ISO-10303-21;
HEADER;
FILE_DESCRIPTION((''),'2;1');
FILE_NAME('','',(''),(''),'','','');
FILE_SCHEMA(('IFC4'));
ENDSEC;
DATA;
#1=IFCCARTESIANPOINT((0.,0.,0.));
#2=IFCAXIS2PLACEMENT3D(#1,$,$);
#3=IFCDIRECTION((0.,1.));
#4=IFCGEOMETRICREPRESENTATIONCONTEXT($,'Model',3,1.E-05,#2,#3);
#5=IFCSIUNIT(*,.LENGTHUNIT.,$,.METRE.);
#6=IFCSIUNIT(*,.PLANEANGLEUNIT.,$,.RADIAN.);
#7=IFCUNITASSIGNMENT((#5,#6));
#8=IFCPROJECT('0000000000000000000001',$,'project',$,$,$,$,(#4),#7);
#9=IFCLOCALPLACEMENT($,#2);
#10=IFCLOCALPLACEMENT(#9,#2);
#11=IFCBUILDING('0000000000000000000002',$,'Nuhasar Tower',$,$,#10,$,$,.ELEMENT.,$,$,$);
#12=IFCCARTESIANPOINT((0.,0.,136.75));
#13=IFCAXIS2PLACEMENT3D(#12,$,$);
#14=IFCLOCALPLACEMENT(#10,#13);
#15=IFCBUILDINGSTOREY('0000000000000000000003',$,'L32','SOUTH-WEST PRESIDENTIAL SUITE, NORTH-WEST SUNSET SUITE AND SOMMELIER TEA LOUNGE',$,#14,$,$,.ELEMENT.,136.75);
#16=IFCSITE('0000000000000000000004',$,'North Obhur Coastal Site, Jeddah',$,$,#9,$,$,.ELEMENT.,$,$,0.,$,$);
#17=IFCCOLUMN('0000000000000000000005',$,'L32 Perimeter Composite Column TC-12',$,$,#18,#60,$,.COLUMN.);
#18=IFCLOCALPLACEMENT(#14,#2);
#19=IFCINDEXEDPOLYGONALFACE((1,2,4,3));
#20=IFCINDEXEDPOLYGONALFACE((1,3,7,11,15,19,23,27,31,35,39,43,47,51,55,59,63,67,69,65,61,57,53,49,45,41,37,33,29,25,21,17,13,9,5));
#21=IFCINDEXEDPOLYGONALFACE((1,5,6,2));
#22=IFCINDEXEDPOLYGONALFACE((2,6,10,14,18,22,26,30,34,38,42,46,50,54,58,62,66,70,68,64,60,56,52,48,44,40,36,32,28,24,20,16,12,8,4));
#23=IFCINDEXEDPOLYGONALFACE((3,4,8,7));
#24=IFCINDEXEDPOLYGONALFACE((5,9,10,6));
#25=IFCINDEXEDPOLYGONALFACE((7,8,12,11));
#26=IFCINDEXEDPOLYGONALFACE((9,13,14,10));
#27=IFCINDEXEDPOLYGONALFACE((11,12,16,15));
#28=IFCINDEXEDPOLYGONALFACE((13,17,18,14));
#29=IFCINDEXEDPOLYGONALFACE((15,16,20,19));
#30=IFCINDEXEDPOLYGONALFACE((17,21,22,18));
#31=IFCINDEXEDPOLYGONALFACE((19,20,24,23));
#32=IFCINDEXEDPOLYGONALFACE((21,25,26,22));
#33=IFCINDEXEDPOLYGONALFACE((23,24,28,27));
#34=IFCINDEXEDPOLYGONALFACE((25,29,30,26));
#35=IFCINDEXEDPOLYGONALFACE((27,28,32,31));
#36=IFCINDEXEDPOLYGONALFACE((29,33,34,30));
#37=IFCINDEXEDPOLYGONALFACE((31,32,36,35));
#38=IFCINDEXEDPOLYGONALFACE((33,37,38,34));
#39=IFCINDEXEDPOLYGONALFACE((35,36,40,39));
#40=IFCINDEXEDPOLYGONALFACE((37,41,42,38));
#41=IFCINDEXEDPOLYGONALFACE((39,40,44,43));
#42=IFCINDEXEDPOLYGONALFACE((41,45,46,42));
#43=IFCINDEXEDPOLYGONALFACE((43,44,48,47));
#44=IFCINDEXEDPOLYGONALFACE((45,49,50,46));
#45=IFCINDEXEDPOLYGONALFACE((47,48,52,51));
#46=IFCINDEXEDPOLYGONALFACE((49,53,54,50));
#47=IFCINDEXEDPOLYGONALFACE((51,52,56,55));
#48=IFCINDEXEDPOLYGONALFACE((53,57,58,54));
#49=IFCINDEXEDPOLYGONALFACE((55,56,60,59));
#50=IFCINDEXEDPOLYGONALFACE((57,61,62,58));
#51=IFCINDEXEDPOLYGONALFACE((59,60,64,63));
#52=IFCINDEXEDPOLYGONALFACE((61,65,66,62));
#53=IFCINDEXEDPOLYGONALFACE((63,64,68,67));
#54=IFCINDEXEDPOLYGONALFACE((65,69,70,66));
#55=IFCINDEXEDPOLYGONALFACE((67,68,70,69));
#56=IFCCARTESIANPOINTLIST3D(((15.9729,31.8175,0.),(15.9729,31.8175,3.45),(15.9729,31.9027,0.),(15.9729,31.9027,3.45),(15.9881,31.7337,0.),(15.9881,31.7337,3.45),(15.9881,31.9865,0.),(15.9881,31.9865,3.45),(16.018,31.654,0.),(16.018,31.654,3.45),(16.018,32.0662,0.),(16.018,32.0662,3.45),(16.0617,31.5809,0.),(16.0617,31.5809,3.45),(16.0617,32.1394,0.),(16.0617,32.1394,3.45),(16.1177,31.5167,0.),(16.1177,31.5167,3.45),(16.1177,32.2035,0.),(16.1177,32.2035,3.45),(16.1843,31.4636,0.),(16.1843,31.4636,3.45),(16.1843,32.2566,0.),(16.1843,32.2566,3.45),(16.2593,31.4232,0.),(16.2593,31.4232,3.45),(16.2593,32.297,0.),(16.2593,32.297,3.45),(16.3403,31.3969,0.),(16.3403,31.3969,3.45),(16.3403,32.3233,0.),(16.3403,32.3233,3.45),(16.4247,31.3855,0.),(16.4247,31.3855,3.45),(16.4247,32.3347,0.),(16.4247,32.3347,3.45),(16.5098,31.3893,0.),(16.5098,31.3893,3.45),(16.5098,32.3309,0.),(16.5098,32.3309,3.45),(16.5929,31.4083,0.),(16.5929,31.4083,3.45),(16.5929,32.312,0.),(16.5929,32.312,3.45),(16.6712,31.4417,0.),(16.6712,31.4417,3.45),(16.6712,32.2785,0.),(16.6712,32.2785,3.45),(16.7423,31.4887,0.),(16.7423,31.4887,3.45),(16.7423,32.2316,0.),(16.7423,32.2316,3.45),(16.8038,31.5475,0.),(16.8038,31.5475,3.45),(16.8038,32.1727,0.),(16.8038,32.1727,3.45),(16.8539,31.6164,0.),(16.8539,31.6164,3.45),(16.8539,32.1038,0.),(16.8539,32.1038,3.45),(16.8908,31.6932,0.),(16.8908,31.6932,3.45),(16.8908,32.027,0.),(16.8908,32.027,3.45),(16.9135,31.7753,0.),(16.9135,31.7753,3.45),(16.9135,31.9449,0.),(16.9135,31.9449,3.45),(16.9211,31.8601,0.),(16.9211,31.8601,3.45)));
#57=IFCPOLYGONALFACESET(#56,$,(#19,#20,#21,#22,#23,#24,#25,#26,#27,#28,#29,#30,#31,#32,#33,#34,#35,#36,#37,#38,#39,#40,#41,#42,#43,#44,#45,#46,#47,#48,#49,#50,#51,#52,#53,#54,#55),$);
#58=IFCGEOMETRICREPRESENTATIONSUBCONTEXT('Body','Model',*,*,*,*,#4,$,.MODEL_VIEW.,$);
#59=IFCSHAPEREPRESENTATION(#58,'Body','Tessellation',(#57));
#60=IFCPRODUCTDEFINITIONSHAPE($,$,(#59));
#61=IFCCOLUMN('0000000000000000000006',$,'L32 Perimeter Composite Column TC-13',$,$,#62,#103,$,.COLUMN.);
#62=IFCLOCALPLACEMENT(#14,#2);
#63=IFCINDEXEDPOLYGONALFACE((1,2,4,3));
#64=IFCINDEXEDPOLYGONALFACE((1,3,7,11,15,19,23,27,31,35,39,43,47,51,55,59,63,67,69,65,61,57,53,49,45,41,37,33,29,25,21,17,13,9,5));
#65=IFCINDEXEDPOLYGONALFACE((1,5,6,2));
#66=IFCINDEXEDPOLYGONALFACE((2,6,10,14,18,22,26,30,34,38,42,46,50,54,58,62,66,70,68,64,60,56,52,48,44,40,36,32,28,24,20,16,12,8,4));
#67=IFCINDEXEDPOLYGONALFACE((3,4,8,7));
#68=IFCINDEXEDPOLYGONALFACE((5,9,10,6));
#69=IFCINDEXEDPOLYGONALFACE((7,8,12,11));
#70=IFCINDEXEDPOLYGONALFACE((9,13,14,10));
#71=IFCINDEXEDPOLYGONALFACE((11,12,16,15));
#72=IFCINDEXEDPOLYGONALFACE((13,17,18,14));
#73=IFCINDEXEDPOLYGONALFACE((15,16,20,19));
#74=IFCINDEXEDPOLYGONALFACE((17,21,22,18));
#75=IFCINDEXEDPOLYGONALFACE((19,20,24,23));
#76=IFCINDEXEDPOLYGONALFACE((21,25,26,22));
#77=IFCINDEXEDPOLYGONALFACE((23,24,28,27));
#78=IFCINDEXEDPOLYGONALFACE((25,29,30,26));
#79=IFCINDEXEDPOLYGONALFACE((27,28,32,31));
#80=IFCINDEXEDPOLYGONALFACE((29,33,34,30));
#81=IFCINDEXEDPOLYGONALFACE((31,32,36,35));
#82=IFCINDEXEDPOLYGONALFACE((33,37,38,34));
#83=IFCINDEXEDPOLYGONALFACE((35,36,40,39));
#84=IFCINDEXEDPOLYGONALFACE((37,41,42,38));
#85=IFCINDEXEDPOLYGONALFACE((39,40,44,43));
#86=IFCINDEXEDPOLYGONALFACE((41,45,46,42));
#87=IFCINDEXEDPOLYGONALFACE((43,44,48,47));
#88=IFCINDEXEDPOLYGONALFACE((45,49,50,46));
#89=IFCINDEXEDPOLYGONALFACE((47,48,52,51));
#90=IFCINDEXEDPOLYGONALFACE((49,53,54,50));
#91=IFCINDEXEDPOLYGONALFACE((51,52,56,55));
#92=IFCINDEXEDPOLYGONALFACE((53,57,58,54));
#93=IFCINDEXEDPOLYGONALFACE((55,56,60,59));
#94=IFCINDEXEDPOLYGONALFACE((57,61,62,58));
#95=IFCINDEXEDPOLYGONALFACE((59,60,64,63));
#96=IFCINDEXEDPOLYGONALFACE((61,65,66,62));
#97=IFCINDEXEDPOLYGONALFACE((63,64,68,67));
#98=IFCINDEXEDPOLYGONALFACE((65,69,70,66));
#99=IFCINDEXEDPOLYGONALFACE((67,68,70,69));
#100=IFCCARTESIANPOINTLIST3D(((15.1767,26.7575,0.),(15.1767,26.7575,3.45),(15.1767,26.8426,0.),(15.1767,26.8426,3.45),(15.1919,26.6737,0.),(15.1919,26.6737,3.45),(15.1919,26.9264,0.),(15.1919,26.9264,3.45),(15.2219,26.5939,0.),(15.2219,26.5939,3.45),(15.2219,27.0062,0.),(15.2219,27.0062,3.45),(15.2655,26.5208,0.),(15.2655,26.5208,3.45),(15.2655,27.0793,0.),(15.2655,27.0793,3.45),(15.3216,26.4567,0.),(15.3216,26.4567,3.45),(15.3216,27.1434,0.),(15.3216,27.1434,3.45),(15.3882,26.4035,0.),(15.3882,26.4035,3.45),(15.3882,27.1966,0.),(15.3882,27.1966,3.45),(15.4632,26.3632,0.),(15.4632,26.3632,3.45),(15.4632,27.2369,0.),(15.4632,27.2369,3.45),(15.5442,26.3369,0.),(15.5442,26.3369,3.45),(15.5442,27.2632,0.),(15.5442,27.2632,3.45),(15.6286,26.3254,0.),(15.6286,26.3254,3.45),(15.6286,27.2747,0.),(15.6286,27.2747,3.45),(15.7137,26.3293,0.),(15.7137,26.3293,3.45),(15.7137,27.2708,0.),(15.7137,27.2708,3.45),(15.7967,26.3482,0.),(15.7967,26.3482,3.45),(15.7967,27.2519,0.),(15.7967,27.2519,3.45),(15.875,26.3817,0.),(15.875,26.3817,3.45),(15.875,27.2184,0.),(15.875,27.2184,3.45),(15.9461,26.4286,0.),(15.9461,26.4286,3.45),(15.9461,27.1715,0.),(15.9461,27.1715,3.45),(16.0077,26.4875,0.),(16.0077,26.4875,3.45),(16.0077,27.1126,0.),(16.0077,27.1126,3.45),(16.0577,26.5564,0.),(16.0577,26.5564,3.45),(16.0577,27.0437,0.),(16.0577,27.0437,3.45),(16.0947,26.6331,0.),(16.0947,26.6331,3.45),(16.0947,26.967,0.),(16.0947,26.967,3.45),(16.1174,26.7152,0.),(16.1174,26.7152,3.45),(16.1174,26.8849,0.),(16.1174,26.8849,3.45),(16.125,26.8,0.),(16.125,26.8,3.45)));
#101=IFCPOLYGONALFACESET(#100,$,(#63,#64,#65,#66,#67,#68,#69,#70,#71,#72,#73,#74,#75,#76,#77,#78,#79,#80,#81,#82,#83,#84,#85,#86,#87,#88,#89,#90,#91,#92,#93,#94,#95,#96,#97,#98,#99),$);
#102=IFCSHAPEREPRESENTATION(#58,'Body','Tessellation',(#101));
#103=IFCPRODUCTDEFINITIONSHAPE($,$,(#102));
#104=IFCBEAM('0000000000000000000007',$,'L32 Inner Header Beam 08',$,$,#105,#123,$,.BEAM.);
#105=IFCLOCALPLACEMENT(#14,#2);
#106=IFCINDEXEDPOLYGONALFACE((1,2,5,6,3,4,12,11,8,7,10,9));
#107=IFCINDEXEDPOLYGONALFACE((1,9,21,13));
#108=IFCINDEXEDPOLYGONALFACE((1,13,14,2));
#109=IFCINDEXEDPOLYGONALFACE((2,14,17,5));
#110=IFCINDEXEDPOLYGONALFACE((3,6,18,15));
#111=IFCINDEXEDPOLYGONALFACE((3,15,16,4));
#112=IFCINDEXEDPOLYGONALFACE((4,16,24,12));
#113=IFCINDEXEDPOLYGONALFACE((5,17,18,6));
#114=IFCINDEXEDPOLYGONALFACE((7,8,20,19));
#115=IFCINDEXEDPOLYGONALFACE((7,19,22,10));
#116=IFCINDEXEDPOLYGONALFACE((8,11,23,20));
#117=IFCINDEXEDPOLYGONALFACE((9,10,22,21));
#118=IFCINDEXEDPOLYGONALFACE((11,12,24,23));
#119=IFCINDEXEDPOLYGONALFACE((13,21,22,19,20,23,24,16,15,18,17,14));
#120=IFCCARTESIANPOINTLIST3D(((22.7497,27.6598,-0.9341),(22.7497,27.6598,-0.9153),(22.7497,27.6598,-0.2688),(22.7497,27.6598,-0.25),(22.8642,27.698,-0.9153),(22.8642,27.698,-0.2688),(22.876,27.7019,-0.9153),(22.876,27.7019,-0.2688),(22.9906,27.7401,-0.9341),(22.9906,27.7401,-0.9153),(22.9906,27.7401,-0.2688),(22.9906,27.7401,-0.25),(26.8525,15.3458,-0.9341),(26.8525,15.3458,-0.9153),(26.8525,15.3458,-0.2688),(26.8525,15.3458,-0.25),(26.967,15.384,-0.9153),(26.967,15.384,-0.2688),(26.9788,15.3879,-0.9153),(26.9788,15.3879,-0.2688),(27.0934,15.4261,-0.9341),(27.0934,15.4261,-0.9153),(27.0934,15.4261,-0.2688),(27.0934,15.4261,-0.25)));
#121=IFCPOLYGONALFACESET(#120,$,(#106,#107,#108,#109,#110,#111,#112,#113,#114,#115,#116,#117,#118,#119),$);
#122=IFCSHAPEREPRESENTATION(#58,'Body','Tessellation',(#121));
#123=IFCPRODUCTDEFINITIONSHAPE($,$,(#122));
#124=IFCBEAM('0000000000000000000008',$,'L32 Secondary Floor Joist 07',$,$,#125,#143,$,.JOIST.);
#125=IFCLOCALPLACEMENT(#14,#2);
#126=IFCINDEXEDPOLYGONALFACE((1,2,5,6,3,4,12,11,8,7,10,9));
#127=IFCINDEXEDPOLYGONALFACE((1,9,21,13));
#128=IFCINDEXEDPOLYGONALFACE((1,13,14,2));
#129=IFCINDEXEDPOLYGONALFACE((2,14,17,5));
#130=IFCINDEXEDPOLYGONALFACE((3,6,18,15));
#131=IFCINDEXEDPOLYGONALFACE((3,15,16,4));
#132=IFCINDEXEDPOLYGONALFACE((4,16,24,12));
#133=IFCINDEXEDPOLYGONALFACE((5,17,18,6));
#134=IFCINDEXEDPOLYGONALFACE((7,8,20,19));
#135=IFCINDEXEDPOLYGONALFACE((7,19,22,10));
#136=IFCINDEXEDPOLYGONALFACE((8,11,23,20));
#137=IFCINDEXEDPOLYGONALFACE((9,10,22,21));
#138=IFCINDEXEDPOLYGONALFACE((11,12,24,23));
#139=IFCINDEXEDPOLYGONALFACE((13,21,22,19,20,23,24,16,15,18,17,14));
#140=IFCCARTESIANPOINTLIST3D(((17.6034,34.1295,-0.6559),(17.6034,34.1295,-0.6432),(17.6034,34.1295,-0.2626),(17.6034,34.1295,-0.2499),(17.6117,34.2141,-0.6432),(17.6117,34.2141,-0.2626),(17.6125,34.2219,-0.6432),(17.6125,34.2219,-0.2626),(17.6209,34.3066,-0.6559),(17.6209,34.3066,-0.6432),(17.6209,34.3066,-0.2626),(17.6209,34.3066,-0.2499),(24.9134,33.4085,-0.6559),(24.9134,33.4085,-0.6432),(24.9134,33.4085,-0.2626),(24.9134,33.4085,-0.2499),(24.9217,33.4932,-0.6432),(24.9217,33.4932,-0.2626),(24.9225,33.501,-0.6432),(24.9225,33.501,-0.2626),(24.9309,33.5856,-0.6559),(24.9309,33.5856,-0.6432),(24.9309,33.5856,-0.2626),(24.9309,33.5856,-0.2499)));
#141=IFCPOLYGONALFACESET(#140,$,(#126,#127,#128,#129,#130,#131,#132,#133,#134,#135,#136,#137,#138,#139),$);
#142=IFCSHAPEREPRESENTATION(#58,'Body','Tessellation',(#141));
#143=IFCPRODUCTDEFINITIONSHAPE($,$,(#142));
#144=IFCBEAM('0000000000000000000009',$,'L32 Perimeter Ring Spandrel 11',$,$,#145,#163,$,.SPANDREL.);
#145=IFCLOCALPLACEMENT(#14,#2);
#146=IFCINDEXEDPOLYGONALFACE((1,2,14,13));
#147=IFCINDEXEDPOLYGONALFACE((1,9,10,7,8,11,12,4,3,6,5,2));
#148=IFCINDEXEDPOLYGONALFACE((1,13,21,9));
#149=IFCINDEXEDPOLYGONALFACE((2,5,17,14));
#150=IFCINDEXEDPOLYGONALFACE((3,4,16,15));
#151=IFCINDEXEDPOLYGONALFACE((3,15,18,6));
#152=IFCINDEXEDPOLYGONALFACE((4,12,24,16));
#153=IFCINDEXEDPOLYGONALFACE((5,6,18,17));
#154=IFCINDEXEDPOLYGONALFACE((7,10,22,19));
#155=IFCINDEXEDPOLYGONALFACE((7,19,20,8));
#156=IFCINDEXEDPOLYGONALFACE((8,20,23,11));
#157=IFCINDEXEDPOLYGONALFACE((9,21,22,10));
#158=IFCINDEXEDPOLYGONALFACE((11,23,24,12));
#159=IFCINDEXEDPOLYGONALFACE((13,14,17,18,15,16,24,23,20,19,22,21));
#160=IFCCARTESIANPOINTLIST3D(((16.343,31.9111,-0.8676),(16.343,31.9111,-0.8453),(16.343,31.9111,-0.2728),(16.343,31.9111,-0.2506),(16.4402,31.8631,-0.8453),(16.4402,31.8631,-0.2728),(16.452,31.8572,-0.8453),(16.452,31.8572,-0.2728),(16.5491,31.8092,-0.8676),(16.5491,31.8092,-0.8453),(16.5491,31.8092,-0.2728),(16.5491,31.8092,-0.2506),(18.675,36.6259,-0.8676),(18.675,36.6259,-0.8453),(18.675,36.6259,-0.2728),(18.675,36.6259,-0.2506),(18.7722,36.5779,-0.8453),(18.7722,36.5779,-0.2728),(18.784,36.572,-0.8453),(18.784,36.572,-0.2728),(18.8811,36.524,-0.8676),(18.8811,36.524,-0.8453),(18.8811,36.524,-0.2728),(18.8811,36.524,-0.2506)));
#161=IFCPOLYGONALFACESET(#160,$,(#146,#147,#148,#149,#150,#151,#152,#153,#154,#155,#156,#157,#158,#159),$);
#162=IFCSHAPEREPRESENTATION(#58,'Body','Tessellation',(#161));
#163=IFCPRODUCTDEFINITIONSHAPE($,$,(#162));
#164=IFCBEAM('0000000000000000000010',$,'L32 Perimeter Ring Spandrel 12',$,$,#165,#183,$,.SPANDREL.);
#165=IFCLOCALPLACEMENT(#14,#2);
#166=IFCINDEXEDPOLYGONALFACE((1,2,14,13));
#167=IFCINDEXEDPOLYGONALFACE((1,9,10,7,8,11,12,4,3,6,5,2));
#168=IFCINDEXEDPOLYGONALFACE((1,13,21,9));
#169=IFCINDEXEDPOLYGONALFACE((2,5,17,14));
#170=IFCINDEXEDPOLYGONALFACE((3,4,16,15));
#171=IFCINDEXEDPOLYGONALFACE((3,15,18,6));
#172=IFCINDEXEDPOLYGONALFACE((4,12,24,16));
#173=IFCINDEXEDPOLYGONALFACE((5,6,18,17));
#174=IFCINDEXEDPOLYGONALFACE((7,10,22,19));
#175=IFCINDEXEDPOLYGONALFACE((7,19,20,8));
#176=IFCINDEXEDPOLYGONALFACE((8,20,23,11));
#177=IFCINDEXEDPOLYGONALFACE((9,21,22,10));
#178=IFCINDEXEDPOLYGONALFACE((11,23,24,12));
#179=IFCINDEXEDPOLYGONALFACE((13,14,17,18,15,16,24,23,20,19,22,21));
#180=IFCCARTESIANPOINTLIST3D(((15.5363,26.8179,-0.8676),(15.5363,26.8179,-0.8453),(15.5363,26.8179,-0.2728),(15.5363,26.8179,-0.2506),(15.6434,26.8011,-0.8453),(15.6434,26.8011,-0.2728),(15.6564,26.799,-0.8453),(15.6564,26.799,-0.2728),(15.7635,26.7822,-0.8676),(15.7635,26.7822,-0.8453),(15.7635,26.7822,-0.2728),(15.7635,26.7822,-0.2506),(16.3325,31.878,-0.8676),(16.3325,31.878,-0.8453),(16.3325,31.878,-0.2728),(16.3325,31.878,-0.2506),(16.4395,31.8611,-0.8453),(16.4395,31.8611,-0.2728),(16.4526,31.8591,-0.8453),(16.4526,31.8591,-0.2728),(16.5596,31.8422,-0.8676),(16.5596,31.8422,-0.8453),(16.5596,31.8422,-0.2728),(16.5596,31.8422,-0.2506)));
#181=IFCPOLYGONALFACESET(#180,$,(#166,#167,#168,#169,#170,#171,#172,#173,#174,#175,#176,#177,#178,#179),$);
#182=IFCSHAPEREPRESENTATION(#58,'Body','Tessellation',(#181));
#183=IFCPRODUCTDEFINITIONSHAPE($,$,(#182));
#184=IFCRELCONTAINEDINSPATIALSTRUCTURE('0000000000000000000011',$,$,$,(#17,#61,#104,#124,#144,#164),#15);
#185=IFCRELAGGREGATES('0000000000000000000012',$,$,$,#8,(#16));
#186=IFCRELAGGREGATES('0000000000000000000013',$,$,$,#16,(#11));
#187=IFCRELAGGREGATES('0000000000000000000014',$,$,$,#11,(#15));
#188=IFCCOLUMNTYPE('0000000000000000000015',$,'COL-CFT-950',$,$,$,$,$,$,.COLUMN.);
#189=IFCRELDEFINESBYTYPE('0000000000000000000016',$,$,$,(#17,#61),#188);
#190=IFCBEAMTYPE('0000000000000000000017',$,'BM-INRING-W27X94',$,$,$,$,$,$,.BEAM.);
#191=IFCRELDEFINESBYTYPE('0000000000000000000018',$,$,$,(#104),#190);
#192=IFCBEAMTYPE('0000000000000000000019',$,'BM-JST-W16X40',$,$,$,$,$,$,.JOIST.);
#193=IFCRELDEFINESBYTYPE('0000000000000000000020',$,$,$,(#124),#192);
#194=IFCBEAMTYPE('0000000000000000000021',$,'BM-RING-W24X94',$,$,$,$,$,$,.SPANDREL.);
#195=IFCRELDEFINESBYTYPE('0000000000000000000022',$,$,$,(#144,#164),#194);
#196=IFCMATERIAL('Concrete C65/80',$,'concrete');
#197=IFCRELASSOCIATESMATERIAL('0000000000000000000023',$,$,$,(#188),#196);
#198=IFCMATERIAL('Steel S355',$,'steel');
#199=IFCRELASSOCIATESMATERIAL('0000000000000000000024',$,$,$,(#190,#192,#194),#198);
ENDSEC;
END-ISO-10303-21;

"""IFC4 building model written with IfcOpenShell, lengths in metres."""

from ifc_helpers import new_model, si_unit, direction, frame, origin, origin_2d, place, context, subcontext, project, spatial, circle, i_section, extrude, material, material_profile, profile_set, type_object, element, save


model = new_model("IFC4")

# Units and contexts
model_context = context("Model", 3, precision=1e-05, world=origin(), true_north=direction((0.0, 1.0)))
body_context = subcontext(model_context, "Body", "Model", "MODEL_VIEW")
ifc_project = project(units=[si_unit("LENGTHUNIT", "METRE"), si_unit("PLANEANGLEUNIT", "RADIAN")], contexts=[model_context])

# Site, building, storey
site_placement = place(None, origin())
site = spatial("IfcSite", under=ifc_project, at=site_placement, Name="North Obhur Coastal Site, Jeddah", CompositionType="ELEMENT", RefElevation=0.0)
building_placement = place(site_placement, origin())
building = spatial("IfcBuilding", under=site, at=building_placement, Name="Nuhasar Tower", CompositionType="ELEMENT")
storey_placement = place(building_placement, frame((0.0, 0.0, 136.75)))
storey = spatial("IfcBuildingStorey", under=building, at=storey_placement, Name="L32", Description="SOUTH-WEST PRESIDENTIAL SUITE, NORTH-WEST SUNSET SUITE AND SOMMELIER TEA LOUNGE", CompositionType="ELEMENT", Elevation=136.75)

# Columns
ifc_material_1 = material(Name="Concrete C65/80", Category="concrete")
ifc_material_profile_1 = material_profile(ifc_material_1, circle(Radius=0.4751, at=origin_2d()), Name="CFT950")
ifc_profile_set_1 = profile_set([ifc_material_profile_1], Name="Concrete C65/80")
column_type = type_object("IfcColumnType", Name="COL-CFT-950", PredefinedType="COLUMN", material=ifc_profile_set_1)
for number, where, z_axis, x_axis, name in (
    (1, (16.446, 31.8601, 0.0), (0.0, 0.0, 1.0), (1.0, 0.0, 0.0), "L32 Perimeter Composite Column TC-12"),
    (2, (15.6499, 26.8, 0.0), (0.0, 0.0, 1.0), (1.0, 0.0, 0.0), "L32 Perimeter Composite Column TC-13"),
):
    element("IfcColumn", number, at=place(storey_placement, frame(where, z_axis=z_axis, x_axis=x_axis)), inside=storey, type_object=column_type, Name=name, PredefinedType="COLUMN", context=body_context, shape_type="SweptSolid", body=[
        extrude(circle(Radius=0.4751, at=origin_2d()), origin(), (0.0, 0.0, 1.0), 3.45),
    ])

# Beams
ifc_material_2 = material(Name="Steel S355", Category="steel")
ifc_material_profile_2 = material_profile(ifc_material_2, i_section(OverallWidth=0.2539, OverallDepth=0.6841, WebThickness=0.0125, FlangeThickness=0.0188, at=origin_2d()), Name="W27X94")
ifc_profile_set_2 = profile_set([ifc_material_profile_2], Name="Steel S355")
beam_type_1 = type_object("IfcBeamType", Name="BM-INRING-W27X94", PredefinedType="BEAM", material=ifc_profile_set_2)
beam_1_placement = place(storey_placement, frame((22.8701, 27.7, -0.592), z_axis=(0.316098, -0.948727, 0.0), x_axis=(0.948727, 0.316098, 0.0)))
element("IfcBeam", 3, at=beam_1_placement, inside=storey, type_object=beam_type_1, Name="L32 Inner Header Beam 08", PredefinedType="BEAM", context=body_context, shape_type="SweptSolid", body=[
    extrude(i_section(OverallWidth=0.2539, OverallDepth=0.6841, WebThickness=0.0125, FlangeThickness=0.0188, at=origin_2d()), origin(), (0.0, 0.0, 1.0), 12.9795),
])
ifc_material_profile_3 = material_profile(ifc_material_2, i_section(OverallWidth=0.178, OverallDepth=0.406, WebThickness=0.0078, FlangeThickness=0.0127, at=origin_2d()), Name="W16X40")
ifc_profile_set_3 = profile_set([ifc_material_profile_3], Name="Steel S355")
beam_type_2 = type_object("IfcBeamType", Name="BM-JST-W16X40", PredefinedType="JOIST", material=ifc_profile_set_3)
beam_2_placement = place(storey_placement, frame((24.9221, 33.4971, -0.4529), z_axis=(-0.995172, 0.098148, 0.0), x_axis=(-0.098148, -0.995172, 0.0)))
element("IfcBeam", 4, at=beam_2_placement, inside=storey, type_object=beam_type_2, Name="L32 Secondary Floor Joist 07", PredefinedType="JOIST", context=body_context, shape_type="SweptSolid", body=[
    extrude(i_section(OverallWidth=0.178, OverallDepth=0.406, WebThickness=0.0078, FlangeThickness=0.0127, at=origin_2d()), origin(), (0.0, 0.0, 1.0), 7.3455),
])
ifc_material_profile_4 = material_profile(ifc_material_2, i_section(OverallWidth=0.23, OverallDepth=0.6169, WebThickness=0.0132, FlangeThickness=0.0222, at=origin_2d()), Name="W24X94")
ifc_profile_set_4 = profile_set([ifc_material_profile_4], Name="Steel S355")
beam_type_3 = type_object("IfcBeamType", Name="BM-RING-W24X94", PredefinedType="SPANDREL", material=ifc_profile_set_4)
beam_3_placement = place(storey_placement, frame((18.7781, 36.575, -0.5591), z_axis=(-0.443348, -0.89635, 0.0), x_axis=(0.89635, -0.443348, 0.0)))
element("IfcBeam", 5, at=beam_3_placement, inside=storey, type_object=beam_type_3, Name="L32 Perimeter Ring Spandrel 11", PredefinedType="SPANDREL", context=body_context, shape_type="SweptSolid", body=[
    extrude(i_section(OverallWidth=0.23, OverallDepth=0.6169, WebThickness=0.0132, FlangeThickness=0.0222, at=origin_2d()), origin(), (0.0, 0.0, 1.0), 5.26),
])
for number, where, z_axis, x_axis, name in (
    (6, (16.446, 31.8601, -0.5591), (-0.155427, -0.987847, 0.0), (0.987847, -0.155427, 0.0), "L32 Perimeter Ring Spandrel 12"),
):
    element("IfcBeam", number, at=place(storey_placement, frame(where, z_axis=z_axis, x_axis=x_axis)), inside=storey, type_object=beam_type_3, Name=name, PredefinedType="SPANDREL", context=body_context, shape_type="SweptSolid", body=[
        extrude(i_section(OverallWidth=0.23, OverallDepth=0.6169, WebThickness=0.0132, FlangeThickness=0.0222, at=origin_2d()), origin(), (0.0, 0.0, 1.0), 5.1223),
    ])

save(model, "model.ifc")
